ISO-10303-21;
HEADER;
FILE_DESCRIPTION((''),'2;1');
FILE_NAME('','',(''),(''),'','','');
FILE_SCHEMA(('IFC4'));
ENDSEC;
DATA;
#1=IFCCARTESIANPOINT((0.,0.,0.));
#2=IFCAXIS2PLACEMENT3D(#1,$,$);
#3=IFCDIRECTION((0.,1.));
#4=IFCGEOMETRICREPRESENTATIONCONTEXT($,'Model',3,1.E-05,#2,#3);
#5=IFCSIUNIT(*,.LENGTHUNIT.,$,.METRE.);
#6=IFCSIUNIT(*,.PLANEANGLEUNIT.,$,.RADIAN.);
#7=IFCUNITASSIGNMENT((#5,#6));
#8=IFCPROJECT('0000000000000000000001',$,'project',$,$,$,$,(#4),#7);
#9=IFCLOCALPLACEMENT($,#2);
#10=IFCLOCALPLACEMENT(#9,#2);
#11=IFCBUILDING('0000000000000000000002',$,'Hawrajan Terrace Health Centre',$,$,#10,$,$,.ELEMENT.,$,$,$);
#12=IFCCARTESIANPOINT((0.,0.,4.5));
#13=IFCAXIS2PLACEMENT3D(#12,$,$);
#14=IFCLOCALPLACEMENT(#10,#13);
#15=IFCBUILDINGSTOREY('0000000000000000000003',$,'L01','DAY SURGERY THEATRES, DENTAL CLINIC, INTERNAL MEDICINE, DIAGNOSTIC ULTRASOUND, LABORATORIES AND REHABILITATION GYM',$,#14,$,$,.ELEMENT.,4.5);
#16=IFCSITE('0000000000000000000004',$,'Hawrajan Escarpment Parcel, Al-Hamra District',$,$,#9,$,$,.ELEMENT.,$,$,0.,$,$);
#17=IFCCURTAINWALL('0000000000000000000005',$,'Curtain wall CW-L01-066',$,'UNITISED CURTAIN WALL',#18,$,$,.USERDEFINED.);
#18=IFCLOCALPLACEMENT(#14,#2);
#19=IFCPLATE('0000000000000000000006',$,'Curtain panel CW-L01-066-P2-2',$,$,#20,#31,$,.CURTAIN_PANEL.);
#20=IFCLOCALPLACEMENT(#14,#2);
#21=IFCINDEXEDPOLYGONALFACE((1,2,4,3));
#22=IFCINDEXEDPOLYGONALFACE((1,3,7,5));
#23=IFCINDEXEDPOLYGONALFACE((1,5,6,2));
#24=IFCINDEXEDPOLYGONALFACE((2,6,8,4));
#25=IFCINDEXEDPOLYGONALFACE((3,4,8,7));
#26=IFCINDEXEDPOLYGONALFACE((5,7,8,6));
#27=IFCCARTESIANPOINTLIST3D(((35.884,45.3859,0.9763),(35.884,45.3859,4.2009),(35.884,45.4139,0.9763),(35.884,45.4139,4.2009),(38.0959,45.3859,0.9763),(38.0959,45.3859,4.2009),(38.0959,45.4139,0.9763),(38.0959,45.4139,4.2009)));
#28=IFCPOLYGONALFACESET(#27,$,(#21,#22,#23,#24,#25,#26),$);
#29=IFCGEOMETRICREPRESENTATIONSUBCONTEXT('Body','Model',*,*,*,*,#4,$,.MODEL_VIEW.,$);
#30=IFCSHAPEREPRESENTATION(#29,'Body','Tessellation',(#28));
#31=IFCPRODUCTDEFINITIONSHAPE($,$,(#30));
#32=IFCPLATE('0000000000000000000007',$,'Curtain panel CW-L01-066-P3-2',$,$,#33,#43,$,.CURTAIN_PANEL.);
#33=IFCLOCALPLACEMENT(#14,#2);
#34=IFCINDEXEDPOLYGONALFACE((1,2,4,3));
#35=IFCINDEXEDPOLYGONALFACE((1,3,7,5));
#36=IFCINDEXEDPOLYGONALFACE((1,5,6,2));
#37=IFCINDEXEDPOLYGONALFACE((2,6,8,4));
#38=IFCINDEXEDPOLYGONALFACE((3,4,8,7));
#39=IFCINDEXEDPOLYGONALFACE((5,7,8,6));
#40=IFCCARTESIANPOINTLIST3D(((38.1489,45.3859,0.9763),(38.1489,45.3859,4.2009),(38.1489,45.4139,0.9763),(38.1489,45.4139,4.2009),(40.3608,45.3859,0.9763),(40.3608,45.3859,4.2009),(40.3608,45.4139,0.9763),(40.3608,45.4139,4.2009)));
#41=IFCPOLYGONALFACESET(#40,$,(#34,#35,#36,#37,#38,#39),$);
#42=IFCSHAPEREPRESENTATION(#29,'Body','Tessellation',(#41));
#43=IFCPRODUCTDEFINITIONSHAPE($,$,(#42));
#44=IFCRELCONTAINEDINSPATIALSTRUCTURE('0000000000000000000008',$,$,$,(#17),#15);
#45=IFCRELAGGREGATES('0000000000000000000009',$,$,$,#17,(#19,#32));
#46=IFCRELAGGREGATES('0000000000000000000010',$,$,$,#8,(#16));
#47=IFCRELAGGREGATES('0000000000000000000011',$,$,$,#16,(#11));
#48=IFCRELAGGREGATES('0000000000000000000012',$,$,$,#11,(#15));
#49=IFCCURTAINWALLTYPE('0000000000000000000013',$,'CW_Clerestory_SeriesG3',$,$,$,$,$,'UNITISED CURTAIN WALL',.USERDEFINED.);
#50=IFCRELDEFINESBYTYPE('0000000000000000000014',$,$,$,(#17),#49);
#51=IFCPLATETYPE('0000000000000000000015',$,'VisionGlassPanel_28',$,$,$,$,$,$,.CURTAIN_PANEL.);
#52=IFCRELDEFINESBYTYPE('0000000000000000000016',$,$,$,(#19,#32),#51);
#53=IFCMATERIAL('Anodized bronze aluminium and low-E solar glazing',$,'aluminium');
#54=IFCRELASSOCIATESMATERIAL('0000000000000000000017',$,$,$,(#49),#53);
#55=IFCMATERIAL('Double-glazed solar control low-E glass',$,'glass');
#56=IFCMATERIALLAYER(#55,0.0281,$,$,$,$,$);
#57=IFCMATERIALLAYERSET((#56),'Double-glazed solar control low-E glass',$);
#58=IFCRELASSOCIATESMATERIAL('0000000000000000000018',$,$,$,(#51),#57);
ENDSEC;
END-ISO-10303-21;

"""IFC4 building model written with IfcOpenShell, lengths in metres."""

from ifc_helpers import new_model, si_unit, direction, frame, origin, origin_2d, place, context, subcontext, project, spatial, rectangle, extrude, material, layer, layer_set, type_object, element, aggregate, save


model = new_model("IFC4")

# Units and contexts
model_context = context("Model", 3, precision=1e-05, world=origin(), true_north=direction((0.0, 1.0)))
body_context = subcontext(model_context, "Body", "Model", "MODEL_VIEW")
ifc_project = project(units=[si_unit("LENGTHUNIT", "METRE"), si_unit("PLANEANGLEUNIT", "RADIAN")], contexts=[model_context])

# Site, building, storey
site_placement = place(None, origin())
site = spatial("IfcSite", under=ifc_project, at=site_placement, Name="Hawrajan Escarpment Parcel, Al-Hamra District", CompositionType="ELEMENT", RefElevation=0.0)
building_placement = place(site_placement, origin())
building = spatial("IfcBuilding", under=site, at=building_placement, Name="Hawrajan Terrace Health Centre", CompositionType="ELEMENT")
storey_placement = place(building_placement, frame((0.0, 0.0, 4.5)))
storey = spatial("IfcBuildingStorey", under=building, at=storey_placement, Name="L01", Description="DAY SURGERY THEATRES, DENTAL CLINIC, INTERNAL MEDICINE, DIAGNOSTIC ULTRASOUND, LABORATORIES AND REHABILITATION GYM", CompositionType="ELEMENT", Elevation=4.5)

# Curtain wall
ifc_material_1 = material(Name="Anodized bronze aluminium and low-E solar glazing", Category="aluminium")
curtain_wall_type_1 = type_object("IfcCurtainWallType", Name="CW_Clerestory_SeriesG3", ElementType="UNITISED CURTAIN WALL", PredefinedType="USERDEFINED", material=ifc_material_1)
curtain_wall_1_placement = place(storey_placement, origin())
curtain_wall_1 = element("IfcCurtainWall", 1, at=curtain_wall_1_placement, inside=storey, type_object=curtain_wall_type_1, Name="Curtain wall CW-L01-066", ObjectType="UNITISED CURTAIN WALL", PredefinedType="USERDEFINED")

# Plates
ifc_material_2 = material(Name="Double-glazed solar control low-E glass", Category="glass")
ifc_layer_1 = layer(ifc_material_2, 0.0281)
ifc_layer_set_1 = layer_set([ifc_layer_1], Name="Double-glazed solar control low-E glass")
plate_type_1 = type_object("IfcPlateType", Name="VisionGlassPanel_28", PredefinedType="CURTAIN_PANEL", material=ifc_layer_set_1)
plate_1_placement = place(storey_placement, frame((36.99, 45.3999, 0.9763), z_axis=(0.0, 0.0, 1.0), x_axis=(1.0, 0.0, 0.0)))
plate_1 = element("IfcPlate", 2, at=plate_1_placement, type_object=plate_type_1, Name="Curtain panel CW-L01-066-P2-2", PredefinedType="CURTAIN_PANEL", context=body_context, shape_type="SweptSolid", body=[
    extrude(rectangle(XDim=2.2119, YDim=0.0281, at=origin_2d()), origin(), (0.0, 0.0, 1.0), 3.2246),
])
plate_2_placement = place(storey_placement, frame((39.2549, 45.3999, 0.9763), z_axis=(0.0, 0.0, 1.0), x_axis=(1.0, 0.0, 0.0)))
plate_2 = element("IfcPlate", 3, at=plate_2_placement, type_object=plate_type_1, Name="Curtain panel CW-L01-066-P3-2", PredefinedType="CURTAIN_PANEL", context=body_context, shape_type="SweptSolid", body=[
    extrude(rectangle(XDim=2.2119, YDim=0.0281, at=origin_2d()), origin(), (0.0, 0.0, 1.0), 3.2246),
])
aggregate(curtain_wall_1, [plate_1, plate_2])

save(model, "model.ifc")
